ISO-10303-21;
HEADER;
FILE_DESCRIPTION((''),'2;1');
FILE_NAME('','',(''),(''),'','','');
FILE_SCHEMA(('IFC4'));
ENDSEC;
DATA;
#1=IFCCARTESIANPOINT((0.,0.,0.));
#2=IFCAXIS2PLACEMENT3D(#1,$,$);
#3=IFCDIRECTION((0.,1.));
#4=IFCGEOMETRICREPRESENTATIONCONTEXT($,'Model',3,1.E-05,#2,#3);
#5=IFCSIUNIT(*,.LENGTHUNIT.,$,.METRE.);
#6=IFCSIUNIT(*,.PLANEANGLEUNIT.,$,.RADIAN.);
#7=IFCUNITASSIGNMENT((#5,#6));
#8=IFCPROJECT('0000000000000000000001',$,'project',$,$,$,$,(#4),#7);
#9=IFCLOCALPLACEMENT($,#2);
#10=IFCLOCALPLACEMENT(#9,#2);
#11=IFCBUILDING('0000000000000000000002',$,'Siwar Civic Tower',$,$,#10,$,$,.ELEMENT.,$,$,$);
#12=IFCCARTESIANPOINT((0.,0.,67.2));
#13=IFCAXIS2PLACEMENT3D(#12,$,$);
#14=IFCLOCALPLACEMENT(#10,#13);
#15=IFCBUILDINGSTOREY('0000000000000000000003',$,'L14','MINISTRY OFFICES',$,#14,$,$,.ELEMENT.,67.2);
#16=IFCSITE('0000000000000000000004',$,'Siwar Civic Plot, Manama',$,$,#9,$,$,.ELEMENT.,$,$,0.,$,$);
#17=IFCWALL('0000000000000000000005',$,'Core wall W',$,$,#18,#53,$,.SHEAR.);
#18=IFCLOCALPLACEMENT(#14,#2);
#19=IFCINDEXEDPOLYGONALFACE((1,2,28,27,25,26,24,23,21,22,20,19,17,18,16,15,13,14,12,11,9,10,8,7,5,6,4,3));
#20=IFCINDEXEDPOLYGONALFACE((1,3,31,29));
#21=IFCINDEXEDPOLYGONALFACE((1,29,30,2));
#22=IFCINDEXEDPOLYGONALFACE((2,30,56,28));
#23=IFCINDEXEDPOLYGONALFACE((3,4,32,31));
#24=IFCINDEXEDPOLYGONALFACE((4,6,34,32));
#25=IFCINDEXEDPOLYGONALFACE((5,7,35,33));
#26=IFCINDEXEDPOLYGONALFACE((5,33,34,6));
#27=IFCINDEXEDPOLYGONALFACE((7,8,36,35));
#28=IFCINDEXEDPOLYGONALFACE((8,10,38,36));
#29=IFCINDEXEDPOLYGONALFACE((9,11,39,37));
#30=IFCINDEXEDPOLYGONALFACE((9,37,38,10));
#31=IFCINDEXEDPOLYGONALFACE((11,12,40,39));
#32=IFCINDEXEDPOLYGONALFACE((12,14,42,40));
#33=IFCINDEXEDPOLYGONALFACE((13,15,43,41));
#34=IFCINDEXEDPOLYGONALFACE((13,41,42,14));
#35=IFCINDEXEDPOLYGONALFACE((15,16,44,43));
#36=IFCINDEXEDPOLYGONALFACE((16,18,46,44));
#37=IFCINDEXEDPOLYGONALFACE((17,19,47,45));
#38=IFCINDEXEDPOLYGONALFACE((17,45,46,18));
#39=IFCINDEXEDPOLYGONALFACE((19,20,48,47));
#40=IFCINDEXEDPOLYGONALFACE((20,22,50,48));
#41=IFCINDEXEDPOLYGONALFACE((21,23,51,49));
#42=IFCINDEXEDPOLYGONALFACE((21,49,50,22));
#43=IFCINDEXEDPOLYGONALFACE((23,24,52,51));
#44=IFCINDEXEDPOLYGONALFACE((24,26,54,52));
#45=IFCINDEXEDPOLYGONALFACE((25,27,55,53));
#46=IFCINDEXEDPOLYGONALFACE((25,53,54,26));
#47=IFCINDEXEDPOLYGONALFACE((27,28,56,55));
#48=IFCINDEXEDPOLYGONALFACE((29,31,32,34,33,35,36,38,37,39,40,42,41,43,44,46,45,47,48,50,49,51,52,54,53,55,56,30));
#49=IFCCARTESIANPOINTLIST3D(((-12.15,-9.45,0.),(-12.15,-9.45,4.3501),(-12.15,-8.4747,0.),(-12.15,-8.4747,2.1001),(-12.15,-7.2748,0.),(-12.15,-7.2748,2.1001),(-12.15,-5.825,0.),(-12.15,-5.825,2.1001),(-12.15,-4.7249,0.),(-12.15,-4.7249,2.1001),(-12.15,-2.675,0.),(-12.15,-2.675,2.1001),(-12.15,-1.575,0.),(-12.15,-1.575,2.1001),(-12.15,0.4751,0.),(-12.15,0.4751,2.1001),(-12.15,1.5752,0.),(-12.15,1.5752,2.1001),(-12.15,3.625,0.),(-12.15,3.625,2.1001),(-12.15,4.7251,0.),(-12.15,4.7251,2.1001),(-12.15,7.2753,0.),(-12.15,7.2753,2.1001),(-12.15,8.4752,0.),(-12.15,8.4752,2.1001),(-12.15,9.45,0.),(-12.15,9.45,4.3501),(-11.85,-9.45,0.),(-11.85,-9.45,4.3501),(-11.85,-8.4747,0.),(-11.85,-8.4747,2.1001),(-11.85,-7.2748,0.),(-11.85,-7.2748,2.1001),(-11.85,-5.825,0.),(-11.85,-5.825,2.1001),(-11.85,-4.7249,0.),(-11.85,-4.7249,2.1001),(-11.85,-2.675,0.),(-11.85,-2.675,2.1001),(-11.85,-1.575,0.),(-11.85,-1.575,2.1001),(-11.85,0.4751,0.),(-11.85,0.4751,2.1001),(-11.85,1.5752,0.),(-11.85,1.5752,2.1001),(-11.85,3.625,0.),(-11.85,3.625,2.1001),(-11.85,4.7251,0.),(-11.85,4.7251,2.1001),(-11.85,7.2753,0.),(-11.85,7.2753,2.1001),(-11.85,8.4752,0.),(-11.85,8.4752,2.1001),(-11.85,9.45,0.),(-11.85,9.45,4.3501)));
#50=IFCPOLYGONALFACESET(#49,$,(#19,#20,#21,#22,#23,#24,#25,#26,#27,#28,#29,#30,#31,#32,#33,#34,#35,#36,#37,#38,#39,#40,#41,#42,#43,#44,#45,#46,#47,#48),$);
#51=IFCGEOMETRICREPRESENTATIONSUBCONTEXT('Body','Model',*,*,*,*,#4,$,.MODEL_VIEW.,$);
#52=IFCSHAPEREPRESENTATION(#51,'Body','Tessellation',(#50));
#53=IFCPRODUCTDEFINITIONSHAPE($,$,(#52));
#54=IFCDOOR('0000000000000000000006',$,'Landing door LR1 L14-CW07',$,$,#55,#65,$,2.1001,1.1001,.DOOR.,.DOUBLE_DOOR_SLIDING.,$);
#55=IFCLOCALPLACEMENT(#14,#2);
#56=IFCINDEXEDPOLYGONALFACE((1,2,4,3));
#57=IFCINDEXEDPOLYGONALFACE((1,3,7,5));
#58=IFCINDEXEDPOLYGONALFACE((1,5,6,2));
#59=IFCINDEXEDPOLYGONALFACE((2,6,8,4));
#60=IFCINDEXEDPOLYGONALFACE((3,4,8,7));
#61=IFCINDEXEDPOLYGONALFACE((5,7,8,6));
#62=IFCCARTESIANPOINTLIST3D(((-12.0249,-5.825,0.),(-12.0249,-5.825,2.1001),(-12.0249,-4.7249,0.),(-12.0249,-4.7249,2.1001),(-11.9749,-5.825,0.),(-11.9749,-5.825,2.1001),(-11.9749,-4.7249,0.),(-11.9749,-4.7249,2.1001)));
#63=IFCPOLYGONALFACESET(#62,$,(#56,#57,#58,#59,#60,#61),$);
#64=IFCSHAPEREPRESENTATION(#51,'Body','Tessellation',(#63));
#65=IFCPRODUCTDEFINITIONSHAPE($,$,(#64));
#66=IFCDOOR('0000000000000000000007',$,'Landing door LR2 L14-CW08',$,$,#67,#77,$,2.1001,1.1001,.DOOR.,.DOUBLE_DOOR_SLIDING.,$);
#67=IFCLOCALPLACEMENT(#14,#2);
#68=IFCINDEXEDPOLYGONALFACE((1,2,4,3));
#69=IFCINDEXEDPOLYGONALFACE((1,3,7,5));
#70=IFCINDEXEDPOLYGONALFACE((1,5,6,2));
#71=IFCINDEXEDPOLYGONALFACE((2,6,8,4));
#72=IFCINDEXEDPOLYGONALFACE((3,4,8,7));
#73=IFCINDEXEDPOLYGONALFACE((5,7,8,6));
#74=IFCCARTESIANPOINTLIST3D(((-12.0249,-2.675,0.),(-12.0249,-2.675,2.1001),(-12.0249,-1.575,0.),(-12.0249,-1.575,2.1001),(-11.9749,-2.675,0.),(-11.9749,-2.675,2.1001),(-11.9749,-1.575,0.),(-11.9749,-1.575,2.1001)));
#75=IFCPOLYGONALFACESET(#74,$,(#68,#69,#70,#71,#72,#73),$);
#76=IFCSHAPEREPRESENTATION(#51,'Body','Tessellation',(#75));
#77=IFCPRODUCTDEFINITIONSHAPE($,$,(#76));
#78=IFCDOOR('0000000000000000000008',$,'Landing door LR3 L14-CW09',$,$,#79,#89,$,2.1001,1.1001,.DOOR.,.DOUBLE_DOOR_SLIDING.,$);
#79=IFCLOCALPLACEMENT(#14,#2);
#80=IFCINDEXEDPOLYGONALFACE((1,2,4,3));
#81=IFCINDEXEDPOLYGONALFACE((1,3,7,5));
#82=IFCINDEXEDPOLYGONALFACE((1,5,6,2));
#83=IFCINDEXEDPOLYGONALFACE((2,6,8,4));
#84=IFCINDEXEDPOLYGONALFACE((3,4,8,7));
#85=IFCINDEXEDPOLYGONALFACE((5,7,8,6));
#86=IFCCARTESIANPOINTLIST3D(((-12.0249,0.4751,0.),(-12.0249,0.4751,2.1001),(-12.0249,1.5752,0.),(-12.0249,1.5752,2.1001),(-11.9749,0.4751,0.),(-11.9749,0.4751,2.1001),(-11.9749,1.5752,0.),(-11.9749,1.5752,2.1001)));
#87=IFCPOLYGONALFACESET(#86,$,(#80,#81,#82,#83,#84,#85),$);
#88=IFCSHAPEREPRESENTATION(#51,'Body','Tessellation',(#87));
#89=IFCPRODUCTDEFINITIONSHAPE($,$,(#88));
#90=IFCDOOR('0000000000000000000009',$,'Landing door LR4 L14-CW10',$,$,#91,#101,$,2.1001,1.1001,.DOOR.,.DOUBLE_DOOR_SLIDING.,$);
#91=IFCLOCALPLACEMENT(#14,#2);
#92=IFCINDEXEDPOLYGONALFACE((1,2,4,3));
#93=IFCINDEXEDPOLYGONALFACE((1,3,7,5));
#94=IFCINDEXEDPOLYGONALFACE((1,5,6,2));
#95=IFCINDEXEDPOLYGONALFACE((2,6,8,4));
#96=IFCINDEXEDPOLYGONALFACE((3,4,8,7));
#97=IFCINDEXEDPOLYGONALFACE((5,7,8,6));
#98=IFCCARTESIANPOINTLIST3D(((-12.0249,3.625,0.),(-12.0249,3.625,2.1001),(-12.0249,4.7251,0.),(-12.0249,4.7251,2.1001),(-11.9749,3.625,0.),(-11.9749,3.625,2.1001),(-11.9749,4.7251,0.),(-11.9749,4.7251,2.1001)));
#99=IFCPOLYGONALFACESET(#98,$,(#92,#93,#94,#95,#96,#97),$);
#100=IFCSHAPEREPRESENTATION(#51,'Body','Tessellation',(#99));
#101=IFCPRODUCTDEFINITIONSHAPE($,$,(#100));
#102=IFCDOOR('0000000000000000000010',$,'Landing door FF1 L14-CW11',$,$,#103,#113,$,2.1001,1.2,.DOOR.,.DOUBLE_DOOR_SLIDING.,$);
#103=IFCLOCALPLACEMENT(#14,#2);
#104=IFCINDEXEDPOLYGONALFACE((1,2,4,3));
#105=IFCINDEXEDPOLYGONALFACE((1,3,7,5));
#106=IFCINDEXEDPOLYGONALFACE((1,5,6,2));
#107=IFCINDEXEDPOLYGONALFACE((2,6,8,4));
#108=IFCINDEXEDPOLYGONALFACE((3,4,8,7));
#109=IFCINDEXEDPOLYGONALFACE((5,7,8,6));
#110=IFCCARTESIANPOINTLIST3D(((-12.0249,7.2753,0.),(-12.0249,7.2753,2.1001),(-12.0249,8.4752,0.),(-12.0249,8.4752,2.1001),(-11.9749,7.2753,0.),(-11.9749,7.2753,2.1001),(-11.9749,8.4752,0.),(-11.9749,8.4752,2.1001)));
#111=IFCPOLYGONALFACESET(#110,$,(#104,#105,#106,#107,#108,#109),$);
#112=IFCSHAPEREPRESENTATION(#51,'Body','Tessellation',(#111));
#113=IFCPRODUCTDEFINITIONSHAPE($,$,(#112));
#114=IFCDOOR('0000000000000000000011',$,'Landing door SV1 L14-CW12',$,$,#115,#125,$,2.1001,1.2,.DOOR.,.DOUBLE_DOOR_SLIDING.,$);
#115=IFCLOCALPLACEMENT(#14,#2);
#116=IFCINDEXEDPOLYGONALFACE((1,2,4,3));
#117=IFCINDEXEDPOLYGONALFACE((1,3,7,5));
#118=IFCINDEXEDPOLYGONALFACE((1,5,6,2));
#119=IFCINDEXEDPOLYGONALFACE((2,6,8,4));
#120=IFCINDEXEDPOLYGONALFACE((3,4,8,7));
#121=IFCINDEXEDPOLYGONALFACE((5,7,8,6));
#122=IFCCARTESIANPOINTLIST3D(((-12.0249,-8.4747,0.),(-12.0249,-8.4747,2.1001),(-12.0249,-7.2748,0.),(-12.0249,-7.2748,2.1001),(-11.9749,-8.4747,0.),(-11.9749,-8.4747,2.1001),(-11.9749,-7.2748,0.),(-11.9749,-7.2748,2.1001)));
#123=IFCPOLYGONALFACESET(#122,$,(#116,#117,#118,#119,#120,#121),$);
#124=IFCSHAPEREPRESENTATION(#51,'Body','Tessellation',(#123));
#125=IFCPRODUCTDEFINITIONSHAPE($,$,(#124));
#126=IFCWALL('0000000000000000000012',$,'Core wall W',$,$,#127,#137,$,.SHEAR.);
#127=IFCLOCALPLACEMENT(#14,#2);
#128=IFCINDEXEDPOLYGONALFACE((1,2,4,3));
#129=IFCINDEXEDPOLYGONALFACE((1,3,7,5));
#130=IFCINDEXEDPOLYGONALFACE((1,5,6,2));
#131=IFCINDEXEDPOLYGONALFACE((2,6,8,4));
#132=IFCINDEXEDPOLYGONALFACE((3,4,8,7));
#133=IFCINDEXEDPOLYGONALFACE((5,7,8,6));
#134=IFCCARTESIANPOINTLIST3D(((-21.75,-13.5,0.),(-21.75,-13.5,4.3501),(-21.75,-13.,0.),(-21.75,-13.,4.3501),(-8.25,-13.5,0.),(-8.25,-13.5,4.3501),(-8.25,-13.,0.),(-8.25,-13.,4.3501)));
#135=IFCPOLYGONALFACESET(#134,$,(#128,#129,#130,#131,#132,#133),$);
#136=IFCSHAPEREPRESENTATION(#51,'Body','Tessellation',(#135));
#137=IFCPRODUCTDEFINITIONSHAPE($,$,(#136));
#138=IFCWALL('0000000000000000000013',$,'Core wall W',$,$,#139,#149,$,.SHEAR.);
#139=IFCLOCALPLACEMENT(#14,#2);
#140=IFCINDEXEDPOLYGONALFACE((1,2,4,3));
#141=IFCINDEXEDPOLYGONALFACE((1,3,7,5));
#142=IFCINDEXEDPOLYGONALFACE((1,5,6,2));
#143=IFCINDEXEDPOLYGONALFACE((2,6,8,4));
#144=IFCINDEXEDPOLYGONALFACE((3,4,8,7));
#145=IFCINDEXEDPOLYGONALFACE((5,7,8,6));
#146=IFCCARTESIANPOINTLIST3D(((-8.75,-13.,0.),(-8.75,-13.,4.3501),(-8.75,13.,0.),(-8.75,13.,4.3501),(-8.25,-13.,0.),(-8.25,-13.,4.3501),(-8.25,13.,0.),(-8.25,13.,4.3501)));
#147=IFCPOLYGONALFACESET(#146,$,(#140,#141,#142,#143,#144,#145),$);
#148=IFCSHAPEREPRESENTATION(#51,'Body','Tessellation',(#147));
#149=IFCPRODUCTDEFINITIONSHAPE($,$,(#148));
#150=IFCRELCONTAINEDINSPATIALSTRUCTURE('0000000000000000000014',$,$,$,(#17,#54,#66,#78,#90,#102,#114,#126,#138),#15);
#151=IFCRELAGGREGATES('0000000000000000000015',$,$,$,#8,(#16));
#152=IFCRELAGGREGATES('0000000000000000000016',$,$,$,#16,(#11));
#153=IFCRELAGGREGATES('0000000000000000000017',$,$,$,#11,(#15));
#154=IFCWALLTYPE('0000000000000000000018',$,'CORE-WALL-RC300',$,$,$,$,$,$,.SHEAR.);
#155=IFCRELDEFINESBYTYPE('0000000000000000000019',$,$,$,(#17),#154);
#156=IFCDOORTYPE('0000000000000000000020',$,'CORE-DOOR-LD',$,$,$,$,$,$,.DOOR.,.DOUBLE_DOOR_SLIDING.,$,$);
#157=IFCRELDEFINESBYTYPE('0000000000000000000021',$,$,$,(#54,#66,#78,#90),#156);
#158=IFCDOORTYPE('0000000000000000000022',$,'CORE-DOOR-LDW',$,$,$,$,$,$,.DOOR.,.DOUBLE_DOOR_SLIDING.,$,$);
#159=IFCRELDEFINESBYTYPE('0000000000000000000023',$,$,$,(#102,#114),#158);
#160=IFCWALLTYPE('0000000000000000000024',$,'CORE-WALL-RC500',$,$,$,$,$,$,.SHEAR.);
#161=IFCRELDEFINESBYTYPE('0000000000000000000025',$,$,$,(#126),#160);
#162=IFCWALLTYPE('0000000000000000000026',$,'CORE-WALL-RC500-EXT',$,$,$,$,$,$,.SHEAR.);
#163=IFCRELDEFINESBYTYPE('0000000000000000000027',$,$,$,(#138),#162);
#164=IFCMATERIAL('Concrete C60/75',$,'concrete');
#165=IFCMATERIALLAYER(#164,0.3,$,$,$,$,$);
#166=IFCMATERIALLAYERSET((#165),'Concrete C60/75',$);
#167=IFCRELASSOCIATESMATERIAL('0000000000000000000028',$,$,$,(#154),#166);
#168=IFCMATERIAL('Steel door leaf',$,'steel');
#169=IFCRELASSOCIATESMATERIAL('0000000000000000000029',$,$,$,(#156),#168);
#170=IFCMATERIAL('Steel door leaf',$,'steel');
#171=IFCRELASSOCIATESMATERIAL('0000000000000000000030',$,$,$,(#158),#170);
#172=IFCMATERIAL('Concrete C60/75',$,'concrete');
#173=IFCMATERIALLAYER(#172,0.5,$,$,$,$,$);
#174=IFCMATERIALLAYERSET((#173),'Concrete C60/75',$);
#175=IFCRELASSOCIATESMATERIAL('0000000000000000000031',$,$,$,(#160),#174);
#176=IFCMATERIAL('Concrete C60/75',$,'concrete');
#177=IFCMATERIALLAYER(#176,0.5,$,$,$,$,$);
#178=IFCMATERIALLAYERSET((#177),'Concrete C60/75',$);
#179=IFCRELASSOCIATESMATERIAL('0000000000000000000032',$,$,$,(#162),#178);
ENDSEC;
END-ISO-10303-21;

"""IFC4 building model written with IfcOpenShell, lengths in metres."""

from ifc_helpers import new_model, si_unit, direction, frame, frame_2d, origin, place, context, subcontext, project, spatial, rectangle, extrude, material, layer, layer_set, type_object, element, fill, save


model = new_model("IFC4")

# Units and contexts
model_context = context("Model", 3, precision=1e-05, world=origin(), true_north=direction((0.0, 1.0)))
body_context = subcontext(model_context, "Body", "Model", "MODEL_VIEW")
ifc_project = project(units=[si_unit("LENGTHUNIT", "METRE"), si_unit("PLANEANGLEUNIT", "RADIAN")], contexts=[model_context])

# Site, building, storey
site_placement = place(None, origin())
site = spatial("IfcSite", under=ifc_project, at=site_placement, Name="Siwar Civic Plot, Manama", CompositionType="ELEMENT", RefElevation=0.0)
building_placement = place(site_placement, origin())
building = spatial("IfcBuilding", under=site, at=building_placement, Name="Siwar Civic Tower", CompositionType="ELEMENT")
storey_placement = place(building_placement, frame((0.0, 0.0, 67.2)))
storey = spatial("IfcBuildingStorey", under=building, at=storey_placement, Name="L14", Description="MINISTRY OFFICES", CompositionType="ELEMENT", Elevation=67.2)

# Wall, openings, doors
ifc_material_1 = material(Name="Concrete C60/75", Category="concrete")
ifc_layer_1 = layer(ifc_material_1, 0.3)
ifc_layer_set_1 = layer_set([ifc_layer_1], Name="Concrete C60/75")
wall_type_1 = type_object("IfcWallType", Name="CORE-WALL-RC300", PredefinedType="SHEAR", material=ifc_layer_set_1)
wall_1_placement = place(storey_placement, frame((-12.0, -9.45, 0.0), z_axis=(0.0, 0.0, 1.0), x_axis=(0.0, 1.0, 0.0)))
wall_1 = element("IfcWall", 1, at=wall_1_placement, inside=storey, type_object=wall_type_1, Name="Core wall W", PredefinedType="SHEAR", context=body_context, shape_type="SweptSolid", body=[
    extrude(rectangle(XDim=18.8999, YDim=0.3, at=frame_2d((9.45, 0.0))), origin(), (0.0, 0.0, 1.0), 4.3501),
])
opening_1_placement = place(wall_1_placement, frame((3.625, 0.0, 0.0)))
opening_1 = element("IfcOpeningElement", 2, at=opening_1_placement, cuts=wall_1, PredefinedType="OPENING", context=body_context, shape_type="SweptSolid", body=[
    extrude(rectangle(XDim=1.1001, YDim=2.1001, at=frame_2d((0.55, 1.05))), frame((0.0, 0.1602, 0.0), z_axis=(0.0, -1.0, 0.0), x_axis=(1.0, 0.0, 0.0)), (0.0, 0.0, 1.0), 0.3201),
])
opening_2_placement = place(wall_1_placement, frame((6.7749, 0.0, 0.0)))
opening_2 = element("IfcOpeningElement", 3, at=opening_2_placement, cuts=wall_1, PredefinedType="OPENING", context=body_context, shape_type="SweptSolid", body=[
    extrude(rectangle(XDim=1.1001, YDim=2.1001, at=frame_2d((0.55, 1.05))), frame((0.0, 0.1602, 0.0), z_axis=(0.0, -1.0, 0.0), x_axis=(1.0, 0.0, 0.0)), (0.0, 0.0, 1.0), 0.3201),
])
opening_3_placement = place(wall_1_placement, frame((9.925, 0.0, 0.0)))
opening_3 = element("IfcOpeningElement", 4, at=opening_3_placement, cuts=wall_1, PredefinedType="OPENING", context=body_context, shape_type="SweptSolid", body=[
    extrude(rectangle(XDim=1.1001, YDim=2.1001, at=frame_2d((0.55, 1.05))), frame((0.0, 0.1602, 0.0), z_axis=(0.0, -1.0, 0.0), x_axis=(1.0, 0.0, 0.0)), (0.0, 0.0, 1.0), 0.3201),
])
opening_4_placement = place(wall_1_placement, frame((13.075, 0.0, 0.0)))
opening_4 = element("IfcOpeningElement", 5, at=opening_4_placement, cuts=wall_1, PredefinedType="OPENING", context=body_context, shape_type="SweptSolid", body=[
    extrude(rectangle(XDim=1.1001, YDim=2.1001, at=frame_2d((0.55, 1.05))), frame((0.0, 0.1602, 0.0), z_axis=(0.0, -1.0, 0.0), x_axis=(1.0, 0.0, 0.0)), (0.0, 0.0, 1.0), 0.3201),
])
opening_5_placement = place(wall_1_placement, frame((16.7251, 0.0, 0.0)))
opening_5 = element("IfcOpeningElement", 6, at=opening_5_placement, cuts=wall_1, PredefinedType="OPENING", context=body_context, shape_type="SweptSolid", body=[
    extrude(rectangle(XDim=1.2, YDim=2.1001, at=frame_2d((0.6001, 1.05))), frame((0.0, 0.1602, 0.0), z_axis=(0.0, -1.0, 0.0), x_axis=(1.0, 0.0, 0.0)), (0.0, 0.0, 1.0), 0.3201),
])
opening_6_placement = place(wall_1_placement, frame((0.9751, 0.0, 0.0)))
opening_6 = element("IfcOpeningElement", 7, at=opening_6_placement, cuts=wall_1, PredefinedType="OPENING", context=body_context, shape_type="SweptSolid", body=[
    extrude(rectangle(XDim=1.2, YDim=2.1001, at=frame_2d((0.6001, 1.05))), frame((0.0, 0.1602, 0.0), z_axis=(0.0, -1.0, 0.0), x_axis=(1.0, 0.0, 0.0)), (0.0, 0.0, 1.0), 0.3201),
])
ifc_material_2 = material(Name="Steel door leaf", Category="steel")
door_type_1 = type_object("IfcDoorType", Name="CORE-DOOR-LD", OperationType="DOUBLE_DOOR_SLIDING", PredefinedType="DOOR", material=ifc_material_2)
door_1_placement = place(opening_1_placement, origin())
door_1 = element("IfcDoor", 8, at=door_1_placement, inside=storey, type_object=door_type_1, Name="Landing door LR1 L14-CW07", OperationType="DOUBLE_DOOR_SLIDING", OverallHeight=2.1001, OverallWidth=1.1001, PredefinedType="DOOR", context=body_context, shape_type="SweptSolid", body=[
    extrude(rectangle(XDim=1.1001, YDim=2.1001, at=frame_2d((0.55, 1.05))), frame((0.0, 0.0249, 0.0), z_axis=(0.0, -1.0, 0.0), x_axis=(1.0, 0.0, 0.0)), (0.0, 0.0, 1.0), 0.05),
])
fill(opening_1, door_1)
door_2_placement = place(opening_2_placement, origin())
door_2 = element("IfcDoor", 9, at=door_2_placement, inside=storey, type_object=door_type_1, Name="Landing door LR2 L14-CW08", OperationType="DOUBLE_DOOR_SLIDING", OverallHeight=2.1001, OverallWidth=1.1001, PredefinedType="DOOR", context=body_context, shape_type="SweptSolid", body=[
    extrude(rectangle(XDim=1.1001, YDim=2.1001, at=frame_2d((0.55, 1.05))), frame((0.0, 0.0249, 0.0), z_axis=(0.0, -1.0, 0.0), x_axis=(1.0, 0.0, 0.0)), (0.0, 0.0, 1.0), 0.05),
])
fill(opening_2, door_2)
door_3_placement = place(opening_3_placement, origin())
door_3 = element("IfcDoor", 10, at=door_3_placement, inside=storey, type_object=door_type_1, Name="Landing door LR3 L14-CW09", OperationType="DOUBLE_DOOR_SLIDING", OverallHeight=2.1001, OverallWidth=1.1001, PredefinedType="DOOR", context=body_context, shape_type="SweptSolid", body=[
    extrude(rectangle(XDim=1.1001, YDim=2.1001, at=frame_2d((0.55, 1.05))), frame((0.0, 0.0249, 0.0), z_axis=(0.0, -1.0, 0.0), x_axis=(1.0, 0.0, 0.0)), (0.0, 0.0, 1.0), 0.05),
])
fill(opening_3, door_3)
door_4_placement = place(opening_4_placement, origin())
door_4 = element("IfcDoor", 11, at=door_4_placement, inside=storey, type_object=door_type_1, Name="Landing door LR4 L14-CW10", OperationType="DOUBLE_DOOR_SLIDING", OverallHeight=2.1001, OverallWidth=1.1001, PredefinedType="DOOR", context=body_context, shape_type="SweptSolid", body=[
    extrude(rectangle(XDim=1.1001, YDim=2.1001, at=frame_2d((0.55, 1.05))), frame((0.0, 0.0249, 0.0), z_axis=(0.0, -1.0, 0.0), x_axis=(1.0, 0.0, 0.0)), (0.0, 0.0, 1.0), 0.05),
])
fill(opening_4, door_4)
ifc_material_3 = material(Name="Steel door leaf", Category="steel")
door_type_2 = type_object("IfcDoorType", Name="CORE-DOOR-LDW", OperationType="DOUBLE_DOOR_SLIDING", PredefinedType="DOOR", material=ifc_material_3)
door_5_placement = place(opening_5_placement, origin())
door_5 = element("IfcDoor", 12, at=door_5_placement, inside=storey, type_object=door_type_2, Name="Landing door FF1 L14-CW11", OperationType="DOUBLE_DOOR_SLIDING", OverallHeight=2.1001, OverallWidth=1.2, PredefinedType="DOOR", context=body_context, shape_type="SweptSolid", body=[
    extrude(rectangle(XDim=1.2, YDim=2.1001, at=frame_2d((0.6001, 1.05))), frame((0.0, 0.0249, 0.0), z_axis=(0.0, -1.0, 0.0), x_axis=(1.0, 0.0, 0.0)), (0.0, 0.0, 1.0), 0.05),
])
fill(opening_5, door_5)
door_6_placement = place(opening_6_placement, origin())
door_6 = element("IfcDoor", 13, at=door_6_placement, inside=storey, type_object=door_type_2, Name="Landing door SV1 L14-CW12", OperationType="DOUBLE_DOOR_SLIDING", OverallHeight=2.1001, OverallWidth=1.2, PredefinedType="DOOR", context=body_context, shape_type="SweptSolid", body=[
    extrude(rectangle(XDim=1.2, YDim=2.1001, at=frame_2d((0.6001, 1.05))), frame((0.0, 0.0249, 0.0), z_axis=(0.0, -1.0, 0.0), x_axis=(1.0, 0.0, 0.0)), (0.0, 0.0, 1.0), 0.05),
])
fill(opening_6, door_6)

# Walls
ifc_material_4 = material(Name="Concrete C60/75", Category="concrete")
ifc_layer_2 = layer(ifc_material_4, 0.5)
ifc_layer_set_2 = layer_set([ifc_layer_2], Name="Concrete C60/75")
wall_type_2 = type_object("IfcWallType", Name="CORE-WALL-RC500", PredefinedType="SHEAR", material=ifc_layer_set_2)
wall_2_placement = place(storey_placement, frame((-8.25, -13.25, 0.0), z_axis=(0.0, 0.0, 1.0), x_axis=(-1.0, 0.0, 0.0)))
element("IfcWall", 14, at=wall_2_placement, inside=storey, type_object=wall_type_2, Name="Core wall W", PredefinedType="SHEAR", context=body_context, shape_type="SweptSolid", body=[
    extrude(rectangle(XDim=13.5, YDim=0.5, at=frame_2d((6.75, 0.0))), origin(), (0.0, 0.0, 1.0), 4.3501),
])
ifc_material_5 = material(Name="Concrete C60/75", Category="concrete")
ifc_layer_3 = layer(ifc_material_5, 0.5)
ifc_layer_set_3 = layer_set([ifc_layer_3], Name="Concrete C60/75")
wall_type_3 = type_object("IfcWallType", Name="CORE-WALL-RC500-EXT", PredefinedType="SHEAR", material=ifc_layer_set_3)
wall_3_placement = place(storey_placement, frame((-8.5, -13.0, 0.0), z_axis=(0.0, 0.0, 1.0), x_axis=(0.0, 1.0, 0.0)))
element("IfcWall", 15, at=wall_3_placement, inside=storey, type_object=wall_type_3, Name="Core wall W", PredefinedType="SHEAR", context=body_context, shape_type="SweptSolid", body=[
    extrude(rectangle(XDim=26.0, YDim=0.5, at=frame_2d((13.0, 0.0))), origin(), (0.0, 0.0, 1.0), 4.3501),
])

save(model, "model.ifc")
